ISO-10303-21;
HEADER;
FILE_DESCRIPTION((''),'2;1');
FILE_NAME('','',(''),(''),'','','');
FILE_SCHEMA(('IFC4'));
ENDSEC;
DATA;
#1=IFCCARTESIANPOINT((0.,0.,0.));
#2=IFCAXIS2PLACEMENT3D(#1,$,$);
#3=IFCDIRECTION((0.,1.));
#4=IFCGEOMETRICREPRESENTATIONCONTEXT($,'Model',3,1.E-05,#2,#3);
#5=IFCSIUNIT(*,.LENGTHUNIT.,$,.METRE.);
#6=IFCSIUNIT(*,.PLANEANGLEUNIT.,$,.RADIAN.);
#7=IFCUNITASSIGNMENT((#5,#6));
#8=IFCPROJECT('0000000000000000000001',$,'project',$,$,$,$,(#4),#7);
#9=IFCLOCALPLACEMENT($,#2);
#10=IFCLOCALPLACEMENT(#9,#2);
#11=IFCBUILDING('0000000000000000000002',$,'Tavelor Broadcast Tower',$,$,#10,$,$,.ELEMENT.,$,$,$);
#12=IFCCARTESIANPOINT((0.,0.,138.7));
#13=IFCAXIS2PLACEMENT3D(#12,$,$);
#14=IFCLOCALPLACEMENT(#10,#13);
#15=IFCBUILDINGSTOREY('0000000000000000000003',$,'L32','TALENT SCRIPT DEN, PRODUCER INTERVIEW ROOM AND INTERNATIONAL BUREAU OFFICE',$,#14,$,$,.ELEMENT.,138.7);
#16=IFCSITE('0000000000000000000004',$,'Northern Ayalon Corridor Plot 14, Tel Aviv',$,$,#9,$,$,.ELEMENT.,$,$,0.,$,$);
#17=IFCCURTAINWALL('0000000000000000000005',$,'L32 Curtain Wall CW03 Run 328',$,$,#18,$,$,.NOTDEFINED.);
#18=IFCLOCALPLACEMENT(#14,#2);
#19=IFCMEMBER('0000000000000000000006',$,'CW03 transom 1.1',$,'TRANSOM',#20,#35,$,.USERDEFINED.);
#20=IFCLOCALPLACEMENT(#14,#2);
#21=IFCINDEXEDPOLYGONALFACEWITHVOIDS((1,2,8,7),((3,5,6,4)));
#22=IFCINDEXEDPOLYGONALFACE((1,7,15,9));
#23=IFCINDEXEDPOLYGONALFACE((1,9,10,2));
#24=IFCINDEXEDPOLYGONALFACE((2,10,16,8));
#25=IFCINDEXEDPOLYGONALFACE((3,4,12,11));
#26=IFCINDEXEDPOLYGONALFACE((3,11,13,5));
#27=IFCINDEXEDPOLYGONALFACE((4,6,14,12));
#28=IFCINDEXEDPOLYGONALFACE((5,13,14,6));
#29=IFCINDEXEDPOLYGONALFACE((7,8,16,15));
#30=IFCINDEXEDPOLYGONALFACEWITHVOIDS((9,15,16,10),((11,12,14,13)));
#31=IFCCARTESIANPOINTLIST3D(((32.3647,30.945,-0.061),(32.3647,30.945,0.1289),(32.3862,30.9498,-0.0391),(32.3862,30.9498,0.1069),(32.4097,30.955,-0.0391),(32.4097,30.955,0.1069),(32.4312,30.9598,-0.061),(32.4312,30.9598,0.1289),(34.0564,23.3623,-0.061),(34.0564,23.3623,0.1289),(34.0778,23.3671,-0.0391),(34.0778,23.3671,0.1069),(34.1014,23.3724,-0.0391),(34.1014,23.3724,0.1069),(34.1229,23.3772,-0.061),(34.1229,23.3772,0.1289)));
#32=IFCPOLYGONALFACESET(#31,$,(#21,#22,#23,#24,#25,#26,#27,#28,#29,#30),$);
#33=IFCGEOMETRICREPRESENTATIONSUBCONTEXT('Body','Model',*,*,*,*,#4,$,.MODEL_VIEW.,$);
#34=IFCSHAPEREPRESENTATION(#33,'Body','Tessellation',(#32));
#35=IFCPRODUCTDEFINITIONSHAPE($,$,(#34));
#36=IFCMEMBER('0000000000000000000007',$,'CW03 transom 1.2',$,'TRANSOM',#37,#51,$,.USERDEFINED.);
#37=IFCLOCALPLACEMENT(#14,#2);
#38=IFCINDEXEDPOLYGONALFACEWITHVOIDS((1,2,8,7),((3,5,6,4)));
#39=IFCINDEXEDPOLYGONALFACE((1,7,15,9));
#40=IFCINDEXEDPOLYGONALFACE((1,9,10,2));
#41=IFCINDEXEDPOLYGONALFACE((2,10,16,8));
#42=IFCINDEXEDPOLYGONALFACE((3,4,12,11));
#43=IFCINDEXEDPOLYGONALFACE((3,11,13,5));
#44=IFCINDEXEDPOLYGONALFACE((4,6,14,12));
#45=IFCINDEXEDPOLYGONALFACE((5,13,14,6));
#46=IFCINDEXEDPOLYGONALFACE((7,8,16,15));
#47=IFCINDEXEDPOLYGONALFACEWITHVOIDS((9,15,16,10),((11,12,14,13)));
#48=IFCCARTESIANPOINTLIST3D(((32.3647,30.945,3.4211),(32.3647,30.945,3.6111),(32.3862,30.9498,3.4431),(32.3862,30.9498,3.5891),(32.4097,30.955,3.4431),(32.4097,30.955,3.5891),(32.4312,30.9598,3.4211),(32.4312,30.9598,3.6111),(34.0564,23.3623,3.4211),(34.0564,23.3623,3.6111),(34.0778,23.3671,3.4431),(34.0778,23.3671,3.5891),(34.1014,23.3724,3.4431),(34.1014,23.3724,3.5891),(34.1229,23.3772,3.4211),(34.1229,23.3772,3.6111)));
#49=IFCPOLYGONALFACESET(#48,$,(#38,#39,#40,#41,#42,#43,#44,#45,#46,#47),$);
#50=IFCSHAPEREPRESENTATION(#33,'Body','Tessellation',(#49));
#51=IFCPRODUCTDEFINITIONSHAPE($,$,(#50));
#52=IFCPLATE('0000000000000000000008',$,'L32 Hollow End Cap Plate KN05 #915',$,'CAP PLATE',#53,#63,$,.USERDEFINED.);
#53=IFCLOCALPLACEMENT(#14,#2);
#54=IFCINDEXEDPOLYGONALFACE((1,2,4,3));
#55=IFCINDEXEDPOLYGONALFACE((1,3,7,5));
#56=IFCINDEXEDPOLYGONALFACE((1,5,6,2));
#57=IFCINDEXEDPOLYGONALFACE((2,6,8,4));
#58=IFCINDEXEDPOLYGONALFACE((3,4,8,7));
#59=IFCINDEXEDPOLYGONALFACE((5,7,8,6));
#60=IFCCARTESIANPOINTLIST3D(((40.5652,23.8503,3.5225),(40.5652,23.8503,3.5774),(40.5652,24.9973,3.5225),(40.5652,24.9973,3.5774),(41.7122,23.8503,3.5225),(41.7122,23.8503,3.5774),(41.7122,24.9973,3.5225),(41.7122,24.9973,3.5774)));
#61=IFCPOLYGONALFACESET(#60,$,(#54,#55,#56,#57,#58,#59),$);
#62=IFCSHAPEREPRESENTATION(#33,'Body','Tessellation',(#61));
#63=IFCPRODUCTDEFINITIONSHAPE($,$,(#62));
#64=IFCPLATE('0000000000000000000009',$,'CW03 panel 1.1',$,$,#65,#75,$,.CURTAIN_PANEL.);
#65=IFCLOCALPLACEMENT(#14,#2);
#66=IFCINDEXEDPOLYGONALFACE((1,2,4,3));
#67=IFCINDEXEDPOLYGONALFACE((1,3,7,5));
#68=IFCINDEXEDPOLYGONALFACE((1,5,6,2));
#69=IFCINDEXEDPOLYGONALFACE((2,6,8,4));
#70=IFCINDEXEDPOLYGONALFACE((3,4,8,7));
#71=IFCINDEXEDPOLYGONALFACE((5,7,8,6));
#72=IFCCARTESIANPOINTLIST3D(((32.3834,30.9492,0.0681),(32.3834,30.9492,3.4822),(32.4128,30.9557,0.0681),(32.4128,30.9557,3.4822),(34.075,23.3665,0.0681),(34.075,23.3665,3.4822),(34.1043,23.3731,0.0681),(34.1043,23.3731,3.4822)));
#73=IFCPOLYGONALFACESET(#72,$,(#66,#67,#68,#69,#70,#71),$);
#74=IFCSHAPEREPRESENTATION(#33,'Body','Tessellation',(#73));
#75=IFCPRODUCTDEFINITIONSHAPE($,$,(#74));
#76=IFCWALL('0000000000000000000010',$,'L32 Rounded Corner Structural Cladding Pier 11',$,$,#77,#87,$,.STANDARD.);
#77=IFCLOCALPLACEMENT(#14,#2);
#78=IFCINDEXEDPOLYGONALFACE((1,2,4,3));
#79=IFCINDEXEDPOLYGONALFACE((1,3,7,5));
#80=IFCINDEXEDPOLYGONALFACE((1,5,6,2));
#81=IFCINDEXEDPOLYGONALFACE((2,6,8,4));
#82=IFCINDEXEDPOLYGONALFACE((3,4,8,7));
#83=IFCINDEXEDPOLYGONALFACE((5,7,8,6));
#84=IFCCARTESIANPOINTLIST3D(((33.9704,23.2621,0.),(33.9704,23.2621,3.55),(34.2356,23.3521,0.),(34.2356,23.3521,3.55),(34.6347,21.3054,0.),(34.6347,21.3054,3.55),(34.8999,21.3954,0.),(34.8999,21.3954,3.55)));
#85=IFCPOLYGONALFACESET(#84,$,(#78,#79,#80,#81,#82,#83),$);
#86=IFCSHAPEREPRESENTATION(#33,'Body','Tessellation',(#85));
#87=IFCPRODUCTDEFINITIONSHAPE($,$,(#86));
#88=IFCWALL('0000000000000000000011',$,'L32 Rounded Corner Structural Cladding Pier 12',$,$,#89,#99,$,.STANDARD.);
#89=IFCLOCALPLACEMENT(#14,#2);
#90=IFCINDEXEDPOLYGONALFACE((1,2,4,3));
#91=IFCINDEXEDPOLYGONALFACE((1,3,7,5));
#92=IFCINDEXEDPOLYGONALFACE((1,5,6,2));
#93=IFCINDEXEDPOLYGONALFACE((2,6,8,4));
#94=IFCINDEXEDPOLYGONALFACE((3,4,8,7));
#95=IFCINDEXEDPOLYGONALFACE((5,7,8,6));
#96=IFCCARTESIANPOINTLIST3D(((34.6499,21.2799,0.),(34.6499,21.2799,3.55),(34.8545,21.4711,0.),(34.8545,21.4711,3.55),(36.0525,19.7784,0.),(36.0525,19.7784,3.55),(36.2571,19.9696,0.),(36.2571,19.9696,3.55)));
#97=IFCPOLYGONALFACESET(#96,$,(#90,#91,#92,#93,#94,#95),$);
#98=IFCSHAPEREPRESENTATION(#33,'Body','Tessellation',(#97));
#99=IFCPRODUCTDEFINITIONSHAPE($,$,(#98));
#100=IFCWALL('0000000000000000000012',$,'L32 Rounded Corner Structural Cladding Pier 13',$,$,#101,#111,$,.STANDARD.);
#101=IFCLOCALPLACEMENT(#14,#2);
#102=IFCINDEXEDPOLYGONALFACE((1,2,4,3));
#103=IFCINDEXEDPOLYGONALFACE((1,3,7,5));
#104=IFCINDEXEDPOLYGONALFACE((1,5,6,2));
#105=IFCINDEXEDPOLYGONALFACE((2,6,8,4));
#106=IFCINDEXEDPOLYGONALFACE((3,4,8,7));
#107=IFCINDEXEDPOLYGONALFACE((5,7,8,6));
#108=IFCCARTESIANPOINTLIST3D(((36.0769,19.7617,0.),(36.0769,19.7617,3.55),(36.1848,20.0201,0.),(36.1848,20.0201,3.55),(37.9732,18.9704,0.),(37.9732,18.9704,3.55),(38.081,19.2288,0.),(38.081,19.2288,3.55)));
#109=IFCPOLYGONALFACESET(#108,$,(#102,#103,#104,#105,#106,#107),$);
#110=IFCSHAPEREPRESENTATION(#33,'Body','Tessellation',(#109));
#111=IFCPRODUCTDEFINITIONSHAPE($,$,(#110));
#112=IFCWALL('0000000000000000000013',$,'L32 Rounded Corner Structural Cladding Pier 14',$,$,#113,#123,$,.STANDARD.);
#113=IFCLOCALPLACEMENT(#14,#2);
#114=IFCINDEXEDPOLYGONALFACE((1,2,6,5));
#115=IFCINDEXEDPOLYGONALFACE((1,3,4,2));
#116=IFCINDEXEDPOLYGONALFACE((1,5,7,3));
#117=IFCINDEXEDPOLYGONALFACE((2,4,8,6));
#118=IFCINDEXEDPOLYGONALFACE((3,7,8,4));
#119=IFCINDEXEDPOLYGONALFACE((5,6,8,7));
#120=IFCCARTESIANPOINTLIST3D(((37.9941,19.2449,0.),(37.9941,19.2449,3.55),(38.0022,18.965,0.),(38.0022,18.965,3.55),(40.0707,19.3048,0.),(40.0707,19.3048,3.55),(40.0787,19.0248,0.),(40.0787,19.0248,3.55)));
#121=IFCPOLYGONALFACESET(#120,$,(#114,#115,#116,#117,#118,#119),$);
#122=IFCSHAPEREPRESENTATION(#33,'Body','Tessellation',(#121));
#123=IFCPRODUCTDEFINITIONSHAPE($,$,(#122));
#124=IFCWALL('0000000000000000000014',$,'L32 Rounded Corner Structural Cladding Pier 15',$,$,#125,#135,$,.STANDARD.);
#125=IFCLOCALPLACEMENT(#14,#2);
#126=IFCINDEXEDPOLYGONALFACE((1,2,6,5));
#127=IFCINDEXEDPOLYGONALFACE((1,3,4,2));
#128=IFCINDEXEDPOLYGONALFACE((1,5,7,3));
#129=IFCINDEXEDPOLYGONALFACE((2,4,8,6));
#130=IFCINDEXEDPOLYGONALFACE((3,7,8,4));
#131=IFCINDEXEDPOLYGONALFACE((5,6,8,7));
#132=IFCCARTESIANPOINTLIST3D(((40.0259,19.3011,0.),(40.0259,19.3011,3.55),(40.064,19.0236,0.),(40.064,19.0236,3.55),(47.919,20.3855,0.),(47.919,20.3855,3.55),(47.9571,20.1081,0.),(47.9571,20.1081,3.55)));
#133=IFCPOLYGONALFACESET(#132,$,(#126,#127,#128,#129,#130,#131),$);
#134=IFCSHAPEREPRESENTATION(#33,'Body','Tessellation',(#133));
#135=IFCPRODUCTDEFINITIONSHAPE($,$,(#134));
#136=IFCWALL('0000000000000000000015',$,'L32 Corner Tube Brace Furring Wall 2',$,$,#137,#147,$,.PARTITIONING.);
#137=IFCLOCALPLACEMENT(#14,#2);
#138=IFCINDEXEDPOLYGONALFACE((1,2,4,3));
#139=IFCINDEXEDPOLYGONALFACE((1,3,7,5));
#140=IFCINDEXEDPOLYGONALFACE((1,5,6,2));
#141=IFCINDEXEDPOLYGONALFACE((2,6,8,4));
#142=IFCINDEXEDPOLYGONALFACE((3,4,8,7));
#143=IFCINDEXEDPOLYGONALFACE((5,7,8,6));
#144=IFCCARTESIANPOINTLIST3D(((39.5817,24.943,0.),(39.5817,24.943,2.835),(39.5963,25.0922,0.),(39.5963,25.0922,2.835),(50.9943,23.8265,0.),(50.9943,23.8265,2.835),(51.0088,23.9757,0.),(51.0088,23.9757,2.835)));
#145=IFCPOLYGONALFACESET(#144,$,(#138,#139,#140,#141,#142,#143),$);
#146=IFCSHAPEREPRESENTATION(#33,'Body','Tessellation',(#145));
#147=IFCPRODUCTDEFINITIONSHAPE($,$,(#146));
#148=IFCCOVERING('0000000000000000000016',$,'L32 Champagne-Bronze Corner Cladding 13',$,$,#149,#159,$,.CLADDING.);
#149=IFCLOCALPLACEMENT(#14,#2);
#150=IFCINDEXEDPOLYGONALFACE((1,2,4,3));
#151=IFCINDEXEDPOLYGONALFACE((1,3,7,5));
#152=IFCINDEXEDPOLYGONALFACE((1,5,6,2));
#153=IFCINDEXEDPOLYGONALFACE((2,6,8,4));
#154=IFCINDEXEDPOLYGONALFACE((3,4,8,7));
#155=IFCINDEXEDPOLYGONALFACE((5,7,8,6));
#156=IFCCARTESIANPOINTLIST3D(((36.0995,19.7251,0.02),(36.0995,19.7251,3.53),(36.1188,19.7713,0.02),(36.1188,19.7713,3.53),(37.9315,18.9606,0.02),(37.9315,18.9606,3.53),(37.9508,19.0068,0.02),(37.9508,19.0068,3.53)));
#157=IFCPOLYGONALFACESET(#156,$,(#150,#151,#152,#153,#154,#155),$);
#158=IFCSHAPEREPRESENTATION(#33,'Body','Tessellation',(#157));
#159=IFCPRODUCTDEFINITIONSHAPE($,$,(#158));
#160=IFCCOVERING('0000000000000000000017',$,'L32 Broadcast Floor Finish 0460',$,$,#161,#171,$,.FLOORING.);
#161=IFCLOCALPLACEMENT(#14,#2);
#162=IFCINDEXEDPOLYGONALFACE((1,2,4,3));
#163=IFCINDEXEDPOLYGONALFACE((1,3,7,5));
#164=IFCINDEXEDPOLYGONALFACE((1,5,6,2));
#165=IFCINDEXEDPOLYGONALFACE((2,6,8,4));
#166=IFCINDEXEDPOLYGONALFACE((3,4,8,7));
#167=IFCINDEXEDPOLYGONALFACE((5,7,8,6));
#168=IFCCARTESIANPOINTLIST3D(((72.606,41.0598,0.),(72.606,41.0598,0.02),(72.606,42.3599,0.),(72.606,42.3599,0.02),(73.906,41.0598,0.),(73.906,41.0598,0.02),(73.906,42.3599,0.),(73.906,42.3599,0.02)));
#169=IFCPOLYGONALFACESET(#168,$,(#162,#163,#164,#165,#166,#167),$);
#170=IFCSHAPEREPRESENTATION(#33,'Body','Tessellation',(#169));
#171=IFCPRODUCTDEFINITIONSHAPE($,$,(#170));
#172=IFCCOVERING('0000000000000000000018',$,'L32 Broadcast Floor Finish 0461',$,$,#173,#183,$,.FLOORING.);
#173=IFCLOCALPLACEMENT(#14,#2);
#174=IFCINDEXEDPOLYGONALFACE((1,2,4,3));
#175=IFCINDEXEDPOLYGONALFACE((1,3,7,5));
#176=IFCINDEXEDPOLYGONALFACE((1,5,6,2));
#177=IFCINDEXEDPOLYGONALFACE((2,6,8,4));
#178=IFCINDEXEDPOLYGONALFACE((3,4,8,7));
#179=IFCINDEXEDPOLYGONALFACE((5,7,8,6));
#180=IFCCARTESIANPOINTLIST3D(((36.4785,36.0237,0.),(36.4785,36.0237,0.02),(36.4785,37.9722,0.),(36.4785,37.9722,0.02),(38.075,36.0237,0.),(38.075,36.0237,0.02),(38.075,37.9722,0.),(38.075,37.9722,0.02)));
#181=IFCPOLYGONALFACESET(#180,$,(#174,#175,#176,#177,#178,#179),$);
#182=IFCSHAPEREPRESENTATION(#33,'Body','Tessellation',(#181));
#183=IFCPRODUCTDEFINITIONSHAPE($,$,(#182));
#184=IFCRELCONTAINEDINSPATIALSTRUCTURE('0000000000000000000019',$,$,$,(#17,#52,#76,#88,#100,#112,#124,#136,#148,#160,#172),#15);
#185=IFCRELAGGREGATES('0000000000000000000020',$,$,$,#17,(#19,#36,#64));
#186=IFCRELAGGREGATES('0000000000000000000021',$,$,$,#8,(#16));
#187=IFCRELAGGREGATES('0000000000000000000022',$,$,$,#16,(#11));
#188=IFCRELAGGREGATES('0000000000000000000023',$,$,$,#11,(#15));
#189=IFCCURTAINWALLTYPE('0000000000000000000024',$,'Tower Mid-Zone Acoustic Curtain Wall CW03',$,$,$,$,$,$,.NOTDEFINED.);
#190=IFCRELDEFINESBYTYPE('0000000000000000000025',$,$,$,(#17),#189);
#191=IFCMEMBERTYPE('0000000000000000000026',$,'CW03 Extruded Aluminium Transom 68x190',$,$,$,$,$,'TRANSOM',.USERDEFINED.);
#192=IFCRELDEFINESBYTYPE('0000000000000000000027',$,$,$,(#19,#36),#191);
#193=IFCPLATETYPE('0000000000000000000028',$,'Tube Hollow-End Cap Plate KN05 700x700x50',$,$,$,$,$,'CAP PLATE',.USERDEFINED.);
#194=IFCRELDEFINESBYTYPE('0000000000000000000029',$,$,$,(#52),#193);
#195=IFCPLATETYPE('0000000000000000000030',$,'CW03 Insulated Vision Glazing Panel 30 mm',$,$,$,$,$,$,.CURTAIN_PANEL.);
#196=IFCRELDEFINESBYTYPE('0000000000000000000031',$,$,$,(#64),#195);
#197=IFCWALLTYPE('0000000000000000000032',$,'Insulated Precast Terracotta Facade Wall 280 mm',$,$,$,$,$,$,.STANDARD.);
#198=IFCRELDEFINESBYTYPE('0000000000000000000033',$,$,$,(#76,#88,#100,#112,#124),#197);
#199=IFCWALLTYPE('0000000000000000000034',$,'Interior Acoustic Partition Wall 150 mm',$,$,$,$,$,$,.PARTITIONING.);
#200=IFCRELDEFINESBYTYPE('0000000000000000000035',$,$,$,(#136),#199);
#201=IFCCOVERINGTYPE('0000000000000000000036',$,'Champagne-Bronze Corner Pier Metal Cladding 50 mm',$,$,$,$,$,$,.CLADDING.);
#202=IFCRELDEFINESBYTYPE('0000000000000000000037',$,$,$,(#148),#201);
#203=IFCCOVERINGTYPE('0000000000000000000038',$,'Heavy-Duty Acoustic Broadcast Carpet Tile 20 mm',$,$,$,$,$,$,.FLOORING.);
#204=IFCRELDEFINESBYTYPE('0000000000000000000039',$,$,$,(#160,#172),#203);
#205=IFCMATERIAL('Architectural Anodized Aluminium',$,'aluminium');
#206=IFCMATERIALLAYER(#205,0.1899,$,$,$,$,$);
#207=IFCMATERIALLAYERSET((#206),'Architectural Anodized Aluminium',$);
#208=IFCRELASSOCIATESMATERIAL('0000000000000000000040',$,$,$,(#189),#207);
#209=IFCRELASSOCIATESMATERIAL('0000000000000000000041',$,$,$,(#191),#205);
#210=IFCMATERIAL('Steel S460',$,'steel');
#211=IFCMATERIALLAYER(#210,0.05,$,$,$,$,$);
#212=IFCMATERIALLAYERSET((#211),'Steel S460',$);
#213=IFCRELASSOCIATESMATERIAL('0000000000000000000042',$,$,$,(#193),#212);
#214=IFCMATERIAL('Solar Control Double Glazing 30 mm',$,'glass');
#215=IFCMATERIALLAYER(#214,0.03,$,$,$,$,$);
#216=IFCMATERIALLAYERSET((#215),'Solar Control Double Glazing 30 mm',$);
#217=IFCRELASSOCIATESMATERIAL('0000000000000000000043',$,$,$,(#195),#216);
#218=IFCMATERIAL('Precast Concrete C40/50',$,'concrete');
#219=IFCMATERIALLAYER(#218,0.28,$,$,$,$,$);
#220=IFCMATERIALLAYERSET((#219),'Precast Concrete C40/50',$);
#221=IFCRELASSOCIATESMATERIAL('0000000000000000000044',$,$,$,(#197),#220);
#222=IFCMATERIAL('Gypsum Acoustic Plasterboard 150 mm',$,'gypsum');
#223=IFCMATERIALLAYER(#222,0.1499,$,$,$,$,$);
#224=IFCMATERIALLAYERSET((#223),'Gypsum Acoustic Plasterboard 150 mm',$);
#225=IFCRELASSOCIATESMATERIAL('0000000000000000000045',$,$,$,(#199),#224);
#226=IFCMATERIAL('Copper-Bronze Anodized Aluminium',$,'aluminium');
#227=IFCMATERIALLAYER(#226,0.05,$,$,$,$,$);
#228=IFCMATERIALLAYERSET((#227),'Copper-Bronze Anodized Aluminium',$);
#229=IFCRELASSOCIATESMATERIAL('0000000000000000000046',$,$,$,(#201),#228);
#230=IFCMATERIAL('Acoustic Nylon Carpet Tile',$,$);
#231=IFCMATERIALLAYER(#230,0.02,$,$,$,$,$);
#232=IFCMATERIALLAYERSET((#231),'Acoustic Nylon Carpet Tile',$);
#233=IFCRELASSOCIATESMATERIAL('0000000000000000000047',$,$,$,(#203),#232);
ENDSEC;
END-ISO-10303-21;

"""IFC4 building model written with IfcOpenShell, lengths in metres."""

from ifc_helpers import new_model, si_unit, direction, frame, frame_2d, origin, origin_2d, place, context, subcontext, project, spatial, polyline, rectangle, hollow_rectangle, outline, extrude, source, transform, mapped, material, layer, layer_set, material_profile, profile_set, type_object, type_shapes, element, aggregate, save


model = new_model("IFC4")

# Units and contexts
model_context = context("Model", 3, precision=1e-05, world=origin(), true_north=direction((0.0, 1.0)))
body_context = subcontext(model_context, "Body", "Model", "MODEL_VIEW")
ifc_project = project(units=[si_unit("LENGTHUNIT", "METRE"), si_unit("PLANEANGLEUNIT", "RADIAN")], contexts=[model_context])

# Site, building, storey
site_placement = place(None, origin())
site = spatial("IfcSite", under=ifc_project, at=site_placement, Name="Northern Ayalon Corridor Plot 14, Tel Aviv", CompositionType="ELEMENT", RefElevation=0.0)
building_placement = place(site_placement, origin())
building = spatial("IfcBuilding", under=site, at=building_placement, Name="Tavelor Broadcast Tower", CompositionType="ELEMENT")
storey_placement = place(building_placement, frame((0.0, 0.0, 138.7)))
storey = spatial("IfcBuildingStorey", under=building, at=storey_placement, Name="L32", Description="TALENT SCRIPT DEN, PRODUCER INTERVIEW ROOM AND INTERNATIONAL BUREAU OFFICE", CompositionType="ELEMENT", Elevation=138.7)

# Shared definitions
ifc_material_1 = material(Name="Steel S460", Category="steel")

# Curtain wall, members
ifc_material_2 = material(Name="Architectural Anodized Aluminium", Category="aluminium")
ifc_layer_1 = layer(ifc_material_2, 0.1899)
ifc_layer_set_1 = layer_set([ifc_layer_1], Name="Architectural Anodized Aluminium")
curtain_wall_type = type_object("IfcCurtainWallType", Name="Tower Mid-Zone Acoustic Curtain Wall CW03", PredefinedType="NOTDEFINED", material=ifc_layer_set_1)
curtain_wall_placement = place(storey_placement, origin())
curtain_wall = element("IfcCurtainWall", 1, at=curtain_wall_placement, inside=storey, type_object=curtain_wall_type, Name="L32 Curtain Wall CW03 Run 328", PredefinedType="NOTDEFINED")
ifc_material_profile_1 = material_profile(ifc_material_2, hollow_rectangle(XDim=0.0681, YDim=0.1899, WallThickness=0.022, at=origin_2d()), Name="RHS 68x190x22")
ifc_profile_set_1 = profile_set([ifc_material_profile_1], Name="Architectural Anodized Aluminium")
member_type_1 = type_object("IfcMemberType", Name="CW03 Extruded Aluminium Transom 68x190", ElementType="TRANSOM", PredefinedType="USERDEFINED", material=ifc_profile_set_1)
shared_shape_1 = source(origin(), body_context, "Body", "SweptSolid", [
    extrude(hollow_rectangle(XDim=0.0681, YDim=0.1899, WallThickness=0.022, at=origin_2d()), origin(), (0.0, 0.0, 1.0), 7.769),
])
type_shapes(member_type_1, [shared_shape_1])
member_1_placement = place(storey_placement, frame((32.3979, 30.9524, 0.0339), z_axis=(0.217746, -0.976006, 0.0), x_axis=(0.976006, 0.217746, 0.0)))
member_1 = element("IfcMember", 2, at=member_1_placement, type_object=member_type_1, Name="CW03 transom 1.1", ObjectType="TRANSOM", PredefinedType="USERDEFINED", context=body_context, shape_type="MappedRepresentation", body=[
    mapped(shared_shape_1, transform((0.0, 0.0, 0.0), scale=1.0)),
])
member_2_placement = place(storey_placement, frame((32.3979, 30.9524, 3.5161), z_axis=(0.217746, -0.976006, 0.0), x_axis=(0.976006, 0.217746, 0.0)))
member_2 = element("IfcMember", 3, at=member_2_placement, type_object=member_type_1, Name="CW03 transom 1.2", ObjectType="TRANSOM", PredefinedType="USERDEFINED", context=body_context, shape_type="MappedRepresentation", body=[
    mapped(shared_shape_1, transform((0.0, 0.0, 0.0), scale=1.0)),
])

# Plates
ifc_layer_2 = layer(ifc_material_1, 0.05)
ifc_layer_set_2 = layer_set([ifc_layer_2], Name="Steel S460")
plate_type_1 = type_object("IfcPlateType", Name="Tube Hollow-End Cap Plate KN05 700x700x50", ElementType="CAP PLATE", PredefinedType="USERDEFINED", material=ifc_layer_set_2)
shared_shape_2 = source(origin(), body_context, "Body", "SweptSolid", [
    extrude(rectangle(XDim=1.147, YDim=1.147, at=origin_2d()), origin(), (0.0, 0.0, 1.0), 0.0549),
])
type_shapes(plate_type_1, [shared_shape_2])
plate_1_placement = place(storey_placement, frame((41.1387, 24.4238, 3.5225), z_axis=(0.0, 0.0, 1.0), x_axis=(1.0, 0.0, 0.0)))
element("IfcPlate", 4, at=plate_1_placement, inside=storey, type_object=plate_type_1, Name="L32 Hollow End Cap Plate KN05 #915", ObjectType="CAP PLATE", PredefinedType="USERDEFINED", context=body_context, shape_type="MappedRepresentation", body=[
    mapped(shared_shape_2, transform((0.0, 0.0, 0.0), scale=1.0)),
])
ifc_material_3 = material(Name="Solar Control Double Glazing 30 mm", Category="glass")
ifc_layer_3 = layer(ifc_material_3, 0.03)
ifc_layer_set_3 = layer_set([ifc_layer_3], Name="Solar Control Double Glazing 30 mm")
plate_type_2 = type_object("IfcPlateType", Name="CW03 Insulated Vision Glazing Panel 30 mm", PredefinedType="CURTAIN_PANEL", material=ifc_layer_set_3)
shared_shape_3 = source(origin(), body_context, "Body", "SweptSolid", [
    extrude(rectangle(XDim=7.769, YDim=0.03, at=origin_2d()), origin(), (0.0, 0.0, 1.0), 3.4141),
])
type_shapes(plate_type_2, [shared_shape_3])
plate_2_placement = place(storey_placement, frame((33.2439, 27.1611, 0.0681), z_axis=(0.0, 0.0, 1.0), x_axis=(0.217734, -0.976008, 0.0)))
plate_2 = element("IfcPlate", 5, at=plate_2_placement, type_object=plate_type_2, Name="CW03 panel 1.1", PredefinedType="CURTAIN_PANEL", context=body_context, shape_type="MappedRepresentation", body=[
    mapped(shared_shape_3, transform((0.0, 0.0, 0.0), scale=1.0)),
])
aggregate(curtain_wall, [member_1, member_2, plate_2])

# Walls
ifc_material_4 = material(Name="Precast Concrete C40/50", Category="concrete")
ifc_layer_4 = layer(ifc_material_4, 0.28)
ifc_layer_set_4 = layer_set([ifc_layer_4], Name="Precast Concrete C40/50")
wall_type_1 = type_object("IfcWallType", Name="Insulated Precast Terracotta Facade Wall 280 mm", PredefinedType="STANDARD", material=ifc_layer_set_4)
wall_1_placement = place(storey_placement, frame((34.103, 23.3071, 0.0), z_axis=(0.0, 0.0, 1.0), x_axis=(0.321469, -0.94692, 0.0)))
element("IfcWall", 6, at=wall_1_placement, inside=storey, type_object=wall_type_1, Name="L32 Rounded Corner Structural Cladding Pier 11", PredefinedType="STANDARD", context=body_context, shape_type="SweptSolid", body=[
    extrude(rectangle(XDim=2.0664, YDim=0.28, at=frame_2d((1.0332, 0.0))), origin(), (0.0, 0.0, 1.0), 3.55),
])
for number, where, z_axis, x_axis, name in (
    (7, (34.7522, 21.3755, 0.0), (0.0, 0.0, 1.0), (0.682636, -0.730759, 0.0), "L32 Rounded Corner Structural Cladding Pier 12"),
    (8, (36.1309, 19.8909, 0.0), (0.0, 0.0, 1.0), (0.922876, -0.385096, 0.0), "L32 Rounded Corner Structural Cladding Pier 13"),
):
    element("IfcWall", number, at=place(storey_placement, frame(where, z_axis=z_axis, x_axis=x_axis)), inside=storey, type_object=wall_type_1, Name=name, PredefinedType="STANDARD", context=body_context, shape_type="SweptSolid", body=[
        extrude(rectangle(XDim=2.0547, YDim=0.28, at=frame_2d((1.0273, 0.0))), origin(), (0.0, 0.0, 1.0), 3.55),
    ])
wall_2_placement = place(storey_placement, frame((37.9983, 19.105, 0.0), z_axis=(0.0, 0.0, 1.0), x_axis=(0.999585, 0.028795, 0.0)))
element("IfcWall", 9, at=wall_2_placement, inside=storey, type_object=wall_type_1, Name="L32 Rounded Corner Structural Cladding Pier 14", PredefinedType="STANDARD", context=body_context, shape_type="SweptSolid", body=[
    extrude(rectangle(XDim=2.0774, YDim=0.28, at=frame_2d((1.0386, 0.0))), origin(), (0.0, 0.0, 1.0), 3.55),
])
wall_3_placement = place(storey_placement, frame((40.0449, 19.1624, 0.0), z_axis=(0.0, 0.0, 1.0), x_axis=(0.990693, 0.136117, 0.0)))
element("IfcWall", 10, at=wall_3_placement, inside=storey, type_object=wall_type_1, Name="L32 Rounded Corner Structural Cladding Pier 15", PredefinedType="STANDARD", context=body_context, shape_type="SweptSolid", body=[
    extrude(rectangle(XDim=7.9673, YDim=0.28, at=frame_2d((3.9836, 0.0))), origin(), (0.0, 0.0, 1.0), 3.55),
])
ifc_material_5 = material(Name="Gypsum Acoustic Plasterboard 150 mm", Category="gypsum")
ifc_layer_5 = layer(ifc_material_5, 0.1499)
ifc_layer_set_5 = layer_set([ifc_layer_5], Name="Gypsum Acoustic Plasterboard 150 mm")
wall_type_2 = type_object("IfcWallType", Name="Interior Acoustic Partition Wall 150 mm", PredefinedType="PARTITIONING", material=ifc_layer_set_5)
wall_4_placement = place(storey_placement, frame((39.5891, 25.0176, 0.0), z_axis=(0.0, 0.0, 1.0), x_axis=(0.995249, -0.097362, 0.0)))
element("IfcWall", 11, at=wall_4_placement, inside=storey, type_object=wall_type_2, Name="L32 Corner Tube Brace Furring Wall 2", PredefinedType="PARTITIONING", context=body_context, shape_type="SweptSolid", body=[
    extrude(rectangle(XDim=11.467, YDim=0.1499, at=frame_2d((5.7334, 0.0))), origin(), (0.0, 0.0, 1.0), 2.835),
])

# Coverings
ifc_material_6 = material(Name="Copper-Bronze Anodized Aluminium", Category="aluminium")
ifc_layer_6 = layer(ifc_material_6, 0.05)
ifc_layer_set_6 = layer_set([ifc_layer_6], Name="Copper-Bronze Anodized Aluminium")
covering_type_1 = type_object("IfcCoveringType", Name="Champagne-Bronze Corner Pier Metal Cladding 50 mm", PredefinedType="CLADDING", material=ifc_layer_set_6)
covering_1_placement = place(storey_placement, frame((37.0251, 19.366, 0.02), z_axis=(0.0, 0.0, 1.0), x_axis=(0.922875, -0.385101, 0.0)))
element("IfcCovering", 12, at=covering_1_placement, inside=storey, type_object=covering_type_1, Name="L32 Champagne-Bronze Corner Cladding 13", PredefinedType="CLADDING", context=body_context, shape_type="SweptSolid", body=[
    extrude(rectangle(XDim=1.9851, YDim=0.05, at=origin_2d()), origin(), (0.0, 0.0, 1.0), 3.51),
])
ifc_material_7 = material(Name="Acoustic Nylon Carpet Tile")
ifc_layer_7 = layer(ifc_material_7, 0.02)
ifc_layer_set_7 = layer_set([ifc_layer_7], Name="Acoustic Nylon Carpet Tile")
covering_type_2 = type_object("IfcCoveringType", Name="Heavy-Duty Acoustic Broadcast Carpet Tile 20 mm", PredefinedType="FLOORING", material=ifc_layer_set_7)
covering_2_placement = place(storey_placement, origin())
element("IfcCovering", 13, at=covering_2_placement, inside=storey, type_object=covering_type_2, Name="L32 Broadcast Floor Finish 0460", PredefinedType="FLOORING", context=body_context, shape_type="SweptSolid", body=[
    extrude(outline(polyline([(72.606, 41.0598), (73.906, 41.0598), (73.906, 42.3599), (72.606, 42.3599), (72.606, 41.0598)])), origin(), (0.0, 0.0, 1.0), 0.02),
])
covering_3_placement = place(storey_placement, origin())
element("IfcCovering", 14, at=covering_3_placement, inside=storey, type_object=covering_type_2, Name="L32 Broadcast Floor Finish 0461", PredefinedType="FLOORING", context=body_context, shape_type="SweptSolid", body=[
    extrude(outline(polyline([(36.4785, 36.0237), (38.075, 36.0237), (38.075, 37.9722), (36.4785, 37.9722), (36.4785, 36.0237)])), origin(), (0.0, 0.0, 1.0), 0.02),
])

save(model, "model.ifc")
